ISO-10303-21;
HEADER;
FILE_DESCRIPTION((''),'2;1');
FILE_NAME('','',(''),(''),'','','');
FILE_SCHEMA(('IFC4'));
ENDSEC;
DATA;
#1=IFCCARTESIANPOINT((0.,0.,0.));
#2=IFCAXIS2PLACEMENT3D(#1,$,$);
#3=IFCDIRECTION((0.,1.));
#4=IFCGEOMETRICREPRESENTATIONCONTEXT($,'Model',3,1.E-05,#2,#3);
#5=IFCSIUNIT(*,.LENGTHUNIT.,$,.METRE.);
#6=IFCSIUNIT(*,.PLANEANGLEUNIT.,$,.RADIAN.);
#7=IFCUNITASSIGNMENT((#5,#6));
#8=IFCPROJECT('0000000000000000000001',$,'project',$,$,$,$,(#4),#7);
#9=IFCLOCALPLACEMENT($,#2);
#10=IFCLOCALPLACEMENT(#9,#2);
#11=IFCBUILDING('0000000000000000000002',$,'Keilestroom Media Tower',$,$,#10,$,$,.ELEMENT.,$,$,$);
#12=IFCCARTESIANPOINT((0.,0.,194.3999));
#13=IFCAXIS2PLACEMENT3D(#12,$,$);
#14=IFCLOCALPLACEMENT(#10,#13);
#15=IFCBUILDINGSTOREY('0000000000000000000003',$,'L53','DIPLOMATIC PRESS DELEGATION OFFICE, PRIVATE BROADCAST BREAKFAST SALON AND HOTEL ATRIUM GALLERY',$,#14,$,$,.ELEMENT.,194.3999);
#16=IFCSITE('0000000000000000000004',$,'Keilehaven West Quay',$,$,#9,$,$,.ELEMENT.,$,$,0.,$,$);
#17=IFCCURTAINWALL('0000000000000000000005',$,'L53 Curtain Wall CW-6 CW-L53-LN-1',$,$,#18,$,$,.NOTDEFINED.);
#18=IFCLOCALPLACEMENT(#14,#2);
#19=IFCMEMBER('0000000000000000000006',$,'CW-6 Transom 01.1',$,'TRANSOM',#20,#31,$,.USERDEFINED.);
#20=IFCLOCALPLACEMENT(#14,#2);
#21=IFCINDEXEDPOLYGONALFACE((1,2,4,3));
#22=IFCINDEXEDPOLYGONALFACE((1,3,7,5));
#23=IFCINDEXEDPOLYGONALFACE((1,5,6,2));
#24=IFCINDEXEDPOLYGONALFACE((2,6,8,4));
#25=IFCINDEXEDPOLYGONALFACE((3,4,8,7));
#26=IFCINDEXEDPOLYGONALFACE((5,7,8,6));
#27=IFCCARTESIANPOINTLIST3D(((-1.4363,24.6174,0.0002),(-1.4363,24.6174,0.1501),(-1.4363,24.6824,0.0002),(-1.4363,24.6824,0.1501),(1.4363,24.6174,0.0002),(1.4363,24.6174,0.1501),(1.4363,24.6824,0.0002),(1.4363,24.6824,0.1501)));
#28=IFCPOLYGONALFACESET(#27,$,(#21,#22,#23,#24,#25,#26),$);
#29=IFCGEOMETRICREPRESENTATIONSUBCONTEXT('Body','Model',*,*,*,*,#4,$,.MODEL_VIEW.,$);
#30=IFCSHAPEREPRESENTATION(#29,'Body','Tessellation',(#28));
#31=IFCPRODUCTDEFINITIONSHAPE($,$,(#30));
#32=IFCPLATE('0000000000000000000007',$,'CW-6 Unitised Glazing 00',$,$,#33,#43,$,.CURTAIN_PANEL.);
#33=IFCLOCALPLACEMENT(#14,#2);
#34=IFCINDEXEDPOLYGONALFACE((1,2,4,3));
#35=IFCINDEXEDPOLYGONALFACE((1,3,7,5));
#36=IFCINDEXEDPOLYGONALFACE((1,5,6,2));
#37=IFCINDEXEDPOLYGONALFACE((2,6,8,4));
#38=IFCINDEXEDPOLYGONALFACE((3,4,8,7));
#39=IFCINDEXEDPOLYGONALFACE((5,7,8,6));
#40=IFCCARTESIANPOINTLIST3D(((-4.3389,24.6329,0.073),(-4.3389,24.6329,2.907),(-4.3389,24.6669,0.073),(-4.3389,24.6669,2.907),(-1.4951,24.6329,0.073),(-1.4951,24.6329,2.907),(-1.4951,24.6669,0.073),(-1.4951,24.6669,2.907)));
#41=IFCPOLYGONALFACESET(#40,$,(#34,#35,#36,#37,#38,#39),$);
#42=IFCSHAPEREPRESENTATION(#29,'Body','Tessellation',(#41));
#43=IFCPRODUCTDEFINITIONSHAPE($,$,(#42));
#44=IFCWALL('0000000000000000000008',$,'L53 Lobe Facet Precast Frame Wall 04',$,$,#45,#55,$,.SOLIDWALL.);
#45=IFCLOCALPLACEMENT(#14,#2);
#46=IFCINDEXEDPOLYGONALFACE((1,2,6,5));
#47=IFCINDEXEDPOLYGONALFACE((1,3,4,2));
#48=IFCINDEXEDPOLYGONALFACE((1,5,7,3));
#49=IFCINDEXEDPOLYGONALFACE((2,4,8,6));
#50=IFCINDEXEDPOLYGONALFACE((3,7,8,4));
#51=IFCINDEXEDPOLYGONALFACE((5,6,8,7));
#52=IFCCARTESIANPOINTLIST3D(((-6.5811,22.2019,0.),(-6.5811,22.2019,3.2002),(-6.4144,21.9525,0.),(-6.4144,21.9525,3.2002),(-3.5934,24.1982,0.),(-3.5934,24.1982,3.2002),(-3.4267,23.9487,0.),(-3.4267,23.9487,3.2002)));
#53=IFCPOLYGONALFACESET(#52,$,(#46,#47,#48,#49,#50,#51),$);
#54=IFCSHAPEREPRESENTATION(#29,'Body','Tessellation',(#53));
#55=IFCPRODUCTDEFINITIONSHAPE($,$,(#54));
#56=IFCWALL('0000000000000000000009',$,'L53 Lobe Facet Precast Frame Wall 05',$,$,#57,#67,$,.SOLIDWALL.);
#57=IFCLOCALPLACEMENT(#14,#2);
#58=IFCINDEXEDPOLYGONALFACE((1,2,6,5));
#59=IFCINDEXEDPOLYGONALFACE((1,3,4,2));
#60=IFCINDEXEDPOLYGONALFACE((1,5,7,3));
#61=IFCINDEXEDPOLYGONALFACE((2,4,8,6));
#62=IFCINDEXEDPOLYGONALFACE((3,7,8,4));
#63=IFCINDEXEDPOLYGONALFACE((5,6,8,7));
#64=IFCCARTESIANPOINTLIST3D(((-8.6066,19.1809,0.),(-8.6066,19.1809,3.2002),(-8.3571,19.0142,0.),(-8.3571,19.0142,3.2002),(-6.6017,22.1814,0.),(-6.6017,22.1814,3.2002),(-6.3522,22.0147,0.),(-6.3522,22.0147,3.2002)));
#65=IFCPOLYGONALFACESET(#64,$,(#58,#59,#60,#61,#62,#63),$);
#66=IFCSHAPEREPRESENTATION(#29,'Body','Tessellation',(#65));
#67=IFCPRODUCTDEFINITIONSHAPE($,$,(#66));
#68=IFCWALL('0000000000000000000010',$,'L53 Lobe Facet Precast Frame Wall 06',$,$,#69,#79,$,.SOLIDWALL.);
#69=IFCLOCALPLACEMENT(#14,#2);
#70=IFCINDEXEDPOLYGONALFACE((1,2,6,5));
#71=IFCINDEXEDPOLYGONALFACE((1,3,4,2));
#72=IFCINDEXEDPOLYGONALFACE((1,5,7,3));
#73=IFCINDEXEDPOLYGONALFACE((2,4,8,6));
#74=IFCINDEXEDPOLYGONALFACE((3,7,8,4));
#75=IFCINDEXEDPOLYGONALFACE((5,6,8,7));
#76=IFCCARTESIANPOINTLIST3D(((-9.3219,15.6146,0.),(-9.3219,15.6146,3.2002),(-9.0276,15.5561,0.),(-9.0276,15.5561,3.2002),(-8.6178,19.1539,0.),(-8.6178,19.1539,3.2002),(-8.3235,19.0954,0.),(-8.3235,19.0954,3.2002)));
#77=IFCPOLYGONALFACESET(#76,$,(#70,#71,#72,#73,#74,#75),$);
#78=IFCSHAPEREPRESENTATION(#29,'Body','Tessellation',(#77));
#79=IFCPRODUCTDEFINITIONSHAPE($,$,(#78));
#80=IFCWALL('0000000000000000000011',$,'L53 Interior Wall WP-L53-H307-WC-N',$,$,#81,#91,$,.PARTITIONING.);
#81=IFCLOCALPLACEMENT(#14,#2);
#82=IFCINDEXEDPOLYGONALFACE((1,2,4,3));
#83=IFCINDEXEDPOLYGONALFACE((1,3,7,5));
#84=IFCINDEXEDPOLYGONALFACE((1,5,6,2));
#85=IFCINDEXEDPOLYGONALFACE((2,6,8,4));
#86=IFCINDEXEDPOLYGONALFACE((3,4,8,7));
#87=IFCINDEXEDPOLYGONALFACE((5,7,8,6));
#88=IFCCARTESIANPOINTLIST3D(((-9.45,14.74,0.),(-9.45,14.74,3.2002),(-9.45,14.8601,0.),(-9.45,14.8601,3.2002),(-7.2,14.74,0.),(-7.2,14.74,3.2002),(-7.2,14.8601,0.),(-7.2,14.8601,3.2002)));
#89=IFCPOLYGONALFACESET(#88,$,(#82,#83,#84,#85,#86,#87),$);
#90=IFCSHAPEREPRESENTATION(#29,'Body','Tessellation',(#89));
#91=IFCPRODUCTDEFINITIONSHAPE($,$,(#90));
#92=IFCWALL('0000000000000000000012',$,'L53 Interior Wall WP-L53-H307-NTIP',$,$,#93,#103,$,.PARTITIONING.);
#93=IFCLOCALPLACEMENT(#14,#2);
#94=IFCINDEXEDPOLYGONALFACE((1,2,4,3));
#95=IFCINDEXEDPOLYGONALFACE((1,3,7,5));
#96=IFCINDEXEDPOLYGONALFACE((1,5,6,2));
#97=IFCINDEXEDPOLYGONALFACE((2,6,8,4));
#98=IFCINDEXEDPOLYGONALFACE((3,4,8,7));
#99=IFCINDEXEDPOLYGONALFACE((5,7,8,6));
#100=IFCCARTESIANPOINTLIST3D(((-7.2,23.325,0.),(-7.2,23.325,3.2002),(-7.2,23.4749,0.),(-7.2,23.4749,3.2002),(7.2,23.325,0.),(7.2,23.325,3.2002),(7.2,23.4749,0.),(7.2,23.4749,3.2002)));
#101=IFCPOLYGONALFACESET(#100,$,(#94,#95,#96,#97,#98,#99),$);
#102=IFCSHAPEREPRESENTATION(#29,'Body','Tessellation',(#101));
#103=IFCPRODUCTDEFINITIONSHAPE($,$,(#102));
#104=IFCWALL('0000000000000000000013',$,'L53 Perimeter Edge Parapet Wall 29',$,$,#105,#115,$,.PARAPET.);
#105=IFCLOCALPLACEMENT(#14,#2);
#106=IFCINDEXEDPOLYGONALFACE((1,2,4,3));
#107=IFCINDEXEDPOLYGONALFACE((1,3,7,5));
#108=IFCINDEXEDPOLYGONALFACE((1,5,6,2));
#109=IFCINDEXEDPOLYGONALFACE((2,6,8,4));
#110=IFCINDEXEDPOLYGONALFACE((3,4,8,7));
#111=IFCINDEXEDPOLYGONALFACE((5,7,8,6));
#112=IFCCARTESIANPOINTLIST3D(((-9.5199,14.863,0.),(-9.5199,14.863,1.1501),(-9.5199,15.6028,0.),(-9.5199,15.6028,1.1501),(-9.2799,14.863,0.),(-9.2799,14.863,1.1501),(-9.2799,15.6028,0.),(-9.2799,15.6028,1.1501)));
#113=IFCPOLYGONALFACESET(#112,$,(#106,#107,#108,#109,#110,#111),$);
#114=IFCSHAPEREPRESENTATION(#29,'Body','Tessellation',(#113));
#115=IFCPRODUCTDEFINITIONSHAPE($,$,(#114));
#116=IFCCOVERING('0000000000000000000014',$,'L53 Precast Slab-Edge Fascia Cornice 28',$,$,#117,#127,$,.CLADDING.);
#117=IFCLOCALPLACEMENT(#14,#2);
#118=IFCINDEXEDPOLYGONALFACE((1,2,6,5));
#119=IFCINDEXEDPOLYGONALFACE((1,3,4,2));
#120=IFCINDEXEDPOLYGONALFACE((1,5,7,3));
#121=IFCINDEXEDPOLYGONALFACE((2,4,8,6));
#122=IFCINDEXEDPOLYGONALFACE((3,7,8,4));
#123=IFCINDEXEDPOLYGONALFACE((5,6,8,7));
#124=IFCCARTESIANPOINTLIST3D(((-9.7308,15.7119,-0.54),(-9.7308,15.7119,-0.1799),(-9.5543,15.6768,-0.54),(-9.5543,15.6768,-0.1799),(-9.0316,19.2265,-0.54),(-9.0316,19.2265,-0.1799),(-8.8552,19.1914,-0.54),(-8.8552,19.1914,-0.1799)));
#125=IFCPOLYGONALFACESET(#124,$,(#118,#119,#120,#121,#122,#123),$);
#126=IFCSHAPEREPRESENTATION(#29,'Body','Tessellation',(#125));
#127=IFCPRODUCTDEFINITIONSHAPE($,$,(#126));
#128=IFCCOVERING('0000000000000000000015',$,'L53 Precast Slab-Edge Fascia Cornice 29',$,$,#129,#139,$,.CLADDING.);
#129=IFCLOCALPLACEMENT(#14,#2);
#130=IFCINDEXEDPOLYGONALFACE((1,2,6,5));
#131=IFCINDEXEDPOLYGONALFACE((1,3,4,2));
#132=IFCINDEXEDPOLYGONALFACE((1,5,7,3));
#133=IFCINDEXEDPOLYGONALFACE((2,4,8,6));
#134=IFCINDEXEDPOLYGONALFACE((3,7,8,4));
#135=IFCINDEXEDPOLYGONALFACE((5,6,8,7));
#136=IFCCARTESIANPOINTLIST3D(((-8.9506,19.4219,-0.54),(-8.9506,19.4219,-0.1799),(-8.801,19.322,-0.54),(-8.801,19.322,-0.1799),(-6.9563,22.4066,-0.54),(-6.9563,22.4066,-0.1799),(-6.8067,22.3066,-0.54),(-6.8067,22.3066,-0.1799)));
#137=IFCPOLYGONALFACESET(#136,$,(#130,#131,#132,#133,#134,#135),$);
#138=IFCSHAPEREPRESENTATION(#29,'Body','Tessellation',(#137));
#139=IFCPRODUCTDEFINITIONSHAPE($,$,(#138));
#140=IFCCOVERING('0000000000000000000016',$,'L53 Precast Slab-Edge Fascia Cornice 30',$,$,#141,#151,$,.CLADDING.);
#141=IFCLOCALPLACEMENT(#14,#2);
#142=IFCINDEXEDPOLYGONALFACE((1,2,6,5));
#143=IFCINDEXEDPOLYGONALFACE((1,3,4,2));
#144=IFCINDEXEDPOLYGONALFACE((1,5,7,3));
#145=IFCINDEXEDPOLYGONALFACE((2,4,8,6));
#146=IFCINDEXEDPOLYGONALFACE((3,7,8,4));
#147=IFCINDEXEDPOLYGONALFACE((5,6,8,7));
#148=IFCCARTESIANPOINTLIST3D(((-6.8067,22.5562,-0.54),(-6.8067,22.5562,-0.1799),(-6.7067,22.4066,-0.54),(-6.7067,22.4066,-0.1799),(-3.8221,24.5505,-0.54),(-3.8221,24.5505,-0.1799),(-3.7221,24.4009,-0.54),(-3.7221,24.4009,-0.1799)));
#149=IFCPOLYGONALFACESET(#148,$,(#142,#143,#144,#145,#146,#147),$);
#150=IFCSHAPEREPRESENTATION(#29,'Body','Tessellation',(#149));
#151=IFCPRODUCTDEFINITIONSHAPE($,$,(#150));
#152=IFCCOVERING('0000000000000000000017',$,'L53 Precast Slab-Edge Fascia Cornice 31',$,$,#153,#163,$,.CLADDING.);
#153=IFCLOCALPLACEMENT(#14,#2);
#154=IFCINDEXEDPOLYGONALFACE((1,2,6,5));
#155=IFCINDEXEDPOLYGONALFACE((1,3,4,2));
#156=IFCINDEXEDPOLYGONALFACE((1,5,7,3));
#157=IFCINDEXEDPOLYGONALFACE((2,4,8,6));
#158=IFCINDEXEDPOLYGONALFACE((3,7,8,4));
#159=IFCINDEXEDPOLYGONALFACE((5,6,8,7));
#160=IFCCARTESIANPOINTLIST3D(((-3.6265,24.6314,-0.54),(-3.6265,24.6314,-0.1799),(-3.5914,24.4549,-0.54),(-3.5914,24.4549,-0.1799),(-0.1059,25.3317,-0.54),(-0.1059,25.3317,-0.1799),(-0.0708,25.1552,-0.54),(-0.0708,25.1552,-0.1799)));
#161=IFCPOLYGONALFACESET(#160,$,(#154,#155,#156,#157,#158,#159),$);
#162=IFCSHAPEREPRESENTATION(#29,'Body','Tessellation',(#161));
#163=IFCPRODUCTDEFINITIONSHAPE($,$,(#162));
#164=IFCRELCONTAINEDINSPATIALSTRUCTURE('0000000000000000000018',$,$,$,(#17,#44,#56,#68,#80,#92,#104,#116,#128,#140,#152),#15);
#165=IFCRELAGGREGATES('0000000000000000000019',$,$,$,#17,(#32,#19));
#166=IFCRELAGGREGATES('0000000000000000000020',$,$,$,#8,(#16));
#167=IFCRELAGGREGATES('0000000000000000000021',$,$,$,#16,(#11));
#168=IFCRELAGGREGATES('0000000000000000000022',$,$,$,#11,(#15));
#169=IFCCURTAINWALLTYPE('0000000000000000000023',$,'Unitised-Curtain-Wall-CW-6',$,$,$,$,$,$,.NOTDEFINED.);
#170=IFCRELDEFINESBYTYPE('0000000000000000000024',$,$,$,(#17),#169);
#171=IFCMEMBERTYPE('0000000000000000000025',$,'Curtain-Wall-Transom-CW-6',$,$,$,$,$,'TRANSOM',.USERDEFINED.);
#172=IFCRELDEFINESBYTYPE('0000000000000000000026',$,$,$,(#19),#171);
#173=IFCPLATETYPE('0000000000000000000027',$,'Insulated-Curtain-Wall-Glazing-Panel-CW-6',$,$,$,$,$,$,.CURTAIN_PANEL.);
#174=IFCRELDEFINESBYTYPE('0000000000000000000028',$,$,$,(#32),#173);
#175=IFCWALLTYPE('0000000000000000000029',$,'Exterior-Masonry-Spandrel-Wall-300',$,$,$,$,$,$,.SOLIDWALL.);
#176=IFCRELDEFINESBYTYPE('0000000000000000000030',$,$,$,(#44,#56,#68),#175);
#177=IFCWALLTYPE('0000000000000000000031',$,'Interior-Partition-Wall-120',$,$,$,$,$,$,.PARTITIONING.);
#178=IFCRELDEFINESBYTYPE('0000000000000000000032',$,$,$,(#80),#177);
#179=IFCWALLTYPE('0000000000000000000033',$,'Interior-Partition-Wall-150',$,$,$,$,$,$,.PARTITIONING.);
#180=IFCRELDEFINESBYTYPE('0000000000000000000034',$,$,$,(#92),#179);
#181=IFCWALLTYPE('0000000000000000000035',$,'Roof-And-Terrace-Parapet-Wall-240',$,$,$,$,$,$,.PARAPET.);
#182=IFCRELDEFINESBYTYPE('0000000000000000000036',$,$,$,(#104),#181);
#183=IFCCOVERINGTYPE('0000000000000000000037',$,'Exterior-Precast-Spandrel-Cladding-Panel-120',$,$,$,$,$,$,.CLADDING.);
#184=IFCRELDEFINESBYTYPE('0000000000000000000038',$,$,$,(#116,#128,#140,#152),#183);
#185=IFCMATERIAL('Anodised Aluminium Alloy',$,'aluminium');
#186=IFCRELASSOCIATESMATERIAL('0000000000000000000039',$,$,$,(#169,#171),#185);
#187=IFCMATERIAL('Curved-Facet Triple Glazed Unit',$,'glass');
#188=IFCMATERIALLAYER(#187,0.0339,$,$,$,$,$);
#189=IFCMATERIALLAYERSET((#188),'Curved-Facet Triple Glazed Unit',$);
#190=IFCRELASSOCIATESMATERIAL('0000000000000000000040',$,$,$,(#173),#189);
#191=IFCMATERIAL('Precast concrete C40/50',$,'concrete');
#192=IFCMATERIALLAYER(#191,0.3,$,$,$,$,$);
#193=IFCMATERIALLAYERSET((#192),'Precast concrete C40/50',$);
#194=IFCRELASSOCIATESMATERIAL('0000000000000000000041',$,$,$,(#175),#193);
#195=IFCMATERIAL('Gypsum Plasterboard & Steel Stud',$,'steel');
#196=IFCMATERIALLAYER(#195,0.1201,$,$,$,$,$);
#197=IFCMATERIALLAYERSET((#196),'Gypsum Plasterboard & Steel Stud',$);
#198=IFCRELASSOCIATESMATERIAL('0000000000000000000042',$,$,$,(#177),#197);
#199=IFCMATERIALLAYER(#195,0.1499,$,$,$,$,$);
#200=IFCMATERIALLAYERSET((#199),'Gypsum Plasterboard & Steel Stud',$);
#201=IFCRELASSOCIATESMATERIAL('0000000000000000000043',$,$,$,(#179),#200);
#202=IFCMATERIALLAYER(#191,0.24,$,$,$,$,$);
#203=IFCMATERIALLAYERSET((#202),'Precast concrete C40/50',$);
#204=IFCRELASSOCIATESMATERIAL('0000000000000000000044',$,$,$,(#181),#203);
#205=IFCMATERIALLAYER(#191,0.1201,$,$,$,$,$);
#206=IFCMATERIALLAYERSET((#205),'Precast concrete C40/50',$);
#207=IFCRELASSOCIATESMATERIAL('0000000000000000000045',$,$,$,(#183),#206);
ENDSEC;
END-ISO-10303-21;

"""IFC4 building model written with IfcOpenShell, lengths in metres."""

from ifc_helpers import new_model, si_unit, direction, frame, frame_2d, origin, origin_2d, place, context, subcontext, project, spatial, rectangle, extrude, source, transform, mapped, material, layer, layer_set, material_profile, profile_set, type_object, element, aggregate, save


model = new_model("IFC4")

# Units and contexts
model_context = context("Model", 3, precision=1e-05, world=origin(), true_north=direction((0.0, 1.0)))
body_context = subcontext(model_context, "Body", "Model", "MODEL_VIEW")
ifc_project = project(units=[si_unit("LENGTHUNIT", "METRE"), si_unit("PLANEANGLEUNIT", "RADIAN")], contexts=[model_context])

# Site, building, storey
site_placement = place(None, origin())
site = spatial("IfcSite", under=ifc_project, at=site_placement, Name="Keilehaven West Quay", CompositionType="ELEMENT", RefElevation=0.0)
building_placement = place(site_placement, origin())
building = spatial("IfcBuilding", under=site, at=building_placement, Name="Keilestroom Media Tower", CompositionType="ELEMENT")
storey_placement = place(building_placement, frame((0.0, 0.0, 194.3999)))
storey = spatial("IfcBuildingStorey", under=building, at=storey_placement, Name="L53", Description="DIPLOMATIC PRESS DELEGATION OFFICE, PRIVATE BROADCAST BREAKFAST SALON AND HOTEL ATRIUM GALLERY", CompositionType="ELEMENT", Elevation=194.3999)

# Curtain wall, member, plate
ifc_material_1 = material(Name="Anodised Aluminium Alloy", Category="aluminium")
curtain_wall_type = type_object("IfcCurtainWallType", Name="Unitised-Curtain-Wall-CW-6", PredefinedType="NOTDEFINED", material=ifc_material_1)
curtain_wall_placement = place(storey_placement, origin())
curtain_wall = element("IfcCurtainWall", 1, at=curtain_wall_placement, inside=storey, type_object=curtain_wall_type, Name="L53 Curtain Wall CW-6 CW-L53-LN-1", PredefinedType="NOTDEFINED")
ifc_material_profile_1 = material_profile(ifc_material_1, rectangle(XDim=0.0649, YDim=0.1499, at=origin_2d()), Name="ALU TRANSOM 65x150")
ifc_profile_set_1 = profile_set([ifc_material_profile_1], Name="Anodised Aluminium Alloy")
member_type_1 = type_object("IfcMemberType", Name="Curtain-Wall-Transom-CW-6", ElementType="TRANSOM", PredefinedType="USERDEFINED", material=ifc_profile_set_1)
shared_shape_1 = source(origin(), body_context, "Body", "SweptSolid", [
    extrude(rectangle(XDim=0.0649, YDim=0.1499, at=origin_2d()), origin(), (0.0, 0.0, 1.0), 2.8726),
])
member_1_placement = place(storey_placement, frame((-1.4363, 24.6499, 0.0752), z_axis=(1.0, 0.0, 0.0), x_axis=(0.0, 1.0, 0.0)))
member_1 = element("IfcMember", 2, at=member_1_placement, type_object=member_type_1, Name="CW-6 Transom 01.1", ObjectType="TRANSOM", PredefinedType="USERDEFINED", context=body_context, shape_type="MappedRepresentation", body=[
    mapped(shared_shape_1, transform((0.0, 0.0, 0.0), x_axis=(1.0, 0.0, 0.0), y_axis=(0.0, 1.0, 0.0), z_axis=(0.0, 0.0, 1.0), scale=1.0)),
])
ifc_material_2 = material(Name="Curved-Facet Triple Glazed Unit", Category="glass")
ifc_layer_1 = layer(ifc_material_2, 0.0339)
ifc_layer_set_1 = layer_set([ifc_layer_1], Name="Curved-Facet Triple Glazed Unit")
plate_type = type_object("IfcPlateType", Name="Insulated-Curtain-Wall-Glazing-Panel-CW-6", PredefinedType="CURTAIN_PANEL", material=ifc_layer_set_1)
shared_shape_2 = source(origin(), body_context, "Body", "SweptSolid", [
    extrude(rectangle(XDim=2.8438, YDim=0.0339, at=origin_2d()), origin(), (0.0, 0.0, 1.0), 2.834),
])
plate_placement = place(storey_placement, frame((-2.917, 24.6499, 0.073), z_axis=(0.0, 0.0, 1.0), x_axis=(1.0, 0.0, 0.0)))
plate = element("IfcPlate", 3, at=plate_placement, type_object=plate_type, Name="CW-6 Unitised Glazing 00", PredefinedType="CURTAIN_PANEL", context=body_context, shape_type="MappedRepresentation", body=[
    mapped(shared_shape_2, transform((0.0, 0.0, 0.0), x_axis=(1.0, 0.0, 0.0), y_axis=(0.0, 1.0, 0.0), z_axis=(0.0, 0.0, 1.0), scale=1.0)),
])
aggregate(curtain_wall, [plate, member_1])

# Walls
ifc_material_3 = material(Name="Precast concrete C40/50", Category="concrete")
ifc_layer_2 = layer(ifc_material_3, 0.3)
ifc_layer_set_2 = layer_set([ifc_layer_2], Name="Precast concrete C40/50")
wall_type_1 = type_object("IfcWallType", Name="Exterior-Masonry-Spandrel-Wall-300", PredefinedType="SOLIDWALL", material=ifc_layer_set_2)
wall_1_placement = place(storey_placement, frame((-3.51, 24.0735, 0.0), z_axis=(0.0, 0.0, 1.0), x_axis=(-0.831475, -0.555562, 0.0)))
element("IfcWall", 4, at=wall_1_placement, inside=storey, type_object=wall_type_1, Name="L53 Lobe Facet Precast Frame Wall 04", PredefinedType="SOLIDWALL", context=body_context, shape_type="SweptSolid", body=[
    extrude(rectangle(XDim=3.5933, YDim=0.3, at=frame_2d((1.7966, 0.0))), origin(), (0.0, 0.0, 1.0), 3.2002),
])
for number, where, z_axis, x_axis, name in (
    (5, (-6.4771, 22.0979, 0.0), (0.0, 0.0, 1.0), (-0.555574, -0.831467, 0.0), "L53 Lobe Facet Precast Frame Wall 05"),
    (6, (-8.4707, 19.1245, 0.0), (0.0, 0.0, 1.0), (-0.195114, -0.980781, 0.0), "L53 Lobe Facet Precast Frame Wall 06"),
):
    element("IfcWall", number, at=place(storey_placement, frame(where, z_axis=z_axis, x_axis=x_axis)), inside=storey, type_object=wall_type_1, Name=name, PredefinedType="SOLIDWALL", context=body_context, shape_type="SweptSolid", body=[
        extrude(rectangle(XDim=3.6086, YDim=0.3, at=frame_2d((1.8042, 0.0))), origin(), (0.0, 0.0, 1.0), 3.2002),
    ])
ifc_material_4 = material(Name="Gypsum Plasterboard & Steel Stud", Category="steel")
ifc_layer_3 = layer(ifc_material_4, 0.1201)
ifc_layer_set_3 = layer_set([ifc_layer_3], Name="Gypsum Plasterboard & Steel Stud")
wall_type_2 = type_object("IfcWallType", Name="Interior-Partition-Wall-120", PredefinedType="PARTITIONING", material=ifc_layer_set_3)
wall_2_placement = place(storey_placement, frame((-9.45, 14.8, 0.0), z_axis=(0.0, 0.0, 1.0), x_axis=(1.0, 0.0, 0.0)))
element("IfcWall", 7, at=wall_2_placement, inside=storey, type_object=wall_type_2, Name="L53 Interior Wall WP-L53-H307-WC-N", PredefinedType="PARTITIONING", context=body_context, shape_type="SweptSolid", body=[
    extrude(rectangle(XDim=2.25, YDim=0.1201, at=frame_2d((1.125, 0.0))), origin(), (0.0, 0.0, 1.0), 3.2002),
])
ifc_layer_4 = layer(ifc_material_4, 0.1499)
ifc_layer_set_4 = layer_set([ifc_layer_4], Name="Gypsum Plasterboard & Steel Stud")
wall_type_3 = type_object("IfcWallType", Name="Interior-Partition-Wall-150", PredefinedType="PARTITIONING", material=ifc_layer_set_4)
wall_3_placement = place(storey_placement, frame((-7.2, 23.3999, 0.0), z_axis=(0.0, 0.0, 1.0), x_axis=(1.0, 0.0, 0.0)))
element("IfcWall", 8, at=wall_3_placement, inside=storey, type_object=wall_type_3, Name="L53 Interior Wall WP-L53-H307-NTIP", PredefinedType="PARTITIONING", context=body_context, shape_type="SweptSolid", body=[
    extrude(rectangle(XDim=14.3999, YDim=0.1499, at=frame_2d((7.2, 0.0))), origin(), (0.0, 0.0, 1.0), 3.2002),
])
ifc_layer_5 = layer(ifc_material_3, 0.24)
ifc_layer_set_5 = layer_set([ifc_layer_5], Name="Precast concrete C40/50")
wall_type_4 = type_object("IfcWallType", Name="Roof-And-Terrace-Parapet-Wall-240", PredefinedType="PARAPET", material=ifc_layer_set_5)
wall_4_placement = place(storey_placement, frame((-9.3999, 14.863, 0.0), z_axis=(0.0, 0.0, 1.0), x_axis=(0.0, 1.0, 0.0)))
element("IfcWall", 9, at=wall_4_placement, inside=storey, type_object=wall_type_4, Name="L53 Perimeter Edge Parapet Wall 29", PredefinedType="PARAPET", context=body_context, shape_type="SweptSolid", body=[
    extrude(rectangle(XDim=0.7397, YDim=0.24, at=frame_2d((0.3699, 0.0))), origin(), (0.0, 0.0, 1.0), 1.1501),
])

# Coverings
ifc_layer_6 = layer(ifc_material_3, 0.1201)
ifc_layer_set_6 = layer_set([ifc_layer_6], Name="Precast concrete C40/50")
covering_type = type_object("IfcCoveringType", Name="Exterior-Precast-Spandrel-Cladding-Panel-120", PredefinedType="CLADDING", material=ifc_layer_set_6)
shared_shape_3 = source(origin(), body_context, "Body", "SweptSolid", [
    extrude(rectangle(XDim=3.5835, YDim=0.1799, at=origin_2d()), origin(), (0.0, 0.0, 1.0), 0.3601),
])
covering_placement = place(storey_placement, frame((-9.293, 17.4517, -0.54), z_axis=(0.0, 0.0, 1.0), x_axis=(0.195099, 0.980784, 0.0)))
element("IfcCovering", 10, at=covering_placement, inside=storey, type_object=covering_type, Name="L53 Precast Slab-Edge Fascia Cornice 28", PredefinedType="CLADDING", context=body_context, shape_type="MappedRepresentation", body=[
    mapped(shared_shape_3, transform((0.0, 0.0, 0.0), x_axis=(1.0, 0.0, 0.0), y_axis=(0.0, 1.0, 0.0), z_axis=(0.0, 0.0, 1.0), scale=1.0)),
])
shared_shape_4 = source(origin(), body_context, "Body", "SweptSolid", [
    extrude(rectangle(XDim=3.5896, YDim=0.1799, at=origin_2d()), origin(), (0.0, 0.0, 1.0), 0.3601),
])
for number, where, z_axis, x_axis, name in (
    (11, (-7.8787, 20.8643, -0.54), (0.0, 0.0, 1.0), (0.555575, 0.831467, 0.0), "L53 Precast Slab-Edge Fascia Cornice 29"),
    (12, (-5.2644, 23.4785, -0.54), (0.0, 0.0, 1.0), (0.831467, 0.555575, 0.0), "L53 Precast Slab-Edge Fascia Cornice 30"),
    (13, (-1.8486, 24.8933, -0.54), (0.0, 0.0, 1.0), (0.980784, 0.195099, 0.0), "L53 Precast Slab-Edge Fascia Cornice 31"),
):
    element("IfcCovering", number, at=place(storey_placement, frame(where, z_axis=z_axis, x_axis=x_axis)), inside=storey, type_object=covering_type, Name=name, PredefinedType="CLADDING", context=body_context, shape_type="MappedRepresentation", body=[
        mapped(shared_shape_4, transform((0.0, 0.0, 0.0), x_axis=(1.0, 0.0, 0.0), y_axis=(0.0, 1.0, 0.0), z_axis=(0.0, 0.0, 1.0), scale=1.0)),
    ])

save(model, "model.ifc")
